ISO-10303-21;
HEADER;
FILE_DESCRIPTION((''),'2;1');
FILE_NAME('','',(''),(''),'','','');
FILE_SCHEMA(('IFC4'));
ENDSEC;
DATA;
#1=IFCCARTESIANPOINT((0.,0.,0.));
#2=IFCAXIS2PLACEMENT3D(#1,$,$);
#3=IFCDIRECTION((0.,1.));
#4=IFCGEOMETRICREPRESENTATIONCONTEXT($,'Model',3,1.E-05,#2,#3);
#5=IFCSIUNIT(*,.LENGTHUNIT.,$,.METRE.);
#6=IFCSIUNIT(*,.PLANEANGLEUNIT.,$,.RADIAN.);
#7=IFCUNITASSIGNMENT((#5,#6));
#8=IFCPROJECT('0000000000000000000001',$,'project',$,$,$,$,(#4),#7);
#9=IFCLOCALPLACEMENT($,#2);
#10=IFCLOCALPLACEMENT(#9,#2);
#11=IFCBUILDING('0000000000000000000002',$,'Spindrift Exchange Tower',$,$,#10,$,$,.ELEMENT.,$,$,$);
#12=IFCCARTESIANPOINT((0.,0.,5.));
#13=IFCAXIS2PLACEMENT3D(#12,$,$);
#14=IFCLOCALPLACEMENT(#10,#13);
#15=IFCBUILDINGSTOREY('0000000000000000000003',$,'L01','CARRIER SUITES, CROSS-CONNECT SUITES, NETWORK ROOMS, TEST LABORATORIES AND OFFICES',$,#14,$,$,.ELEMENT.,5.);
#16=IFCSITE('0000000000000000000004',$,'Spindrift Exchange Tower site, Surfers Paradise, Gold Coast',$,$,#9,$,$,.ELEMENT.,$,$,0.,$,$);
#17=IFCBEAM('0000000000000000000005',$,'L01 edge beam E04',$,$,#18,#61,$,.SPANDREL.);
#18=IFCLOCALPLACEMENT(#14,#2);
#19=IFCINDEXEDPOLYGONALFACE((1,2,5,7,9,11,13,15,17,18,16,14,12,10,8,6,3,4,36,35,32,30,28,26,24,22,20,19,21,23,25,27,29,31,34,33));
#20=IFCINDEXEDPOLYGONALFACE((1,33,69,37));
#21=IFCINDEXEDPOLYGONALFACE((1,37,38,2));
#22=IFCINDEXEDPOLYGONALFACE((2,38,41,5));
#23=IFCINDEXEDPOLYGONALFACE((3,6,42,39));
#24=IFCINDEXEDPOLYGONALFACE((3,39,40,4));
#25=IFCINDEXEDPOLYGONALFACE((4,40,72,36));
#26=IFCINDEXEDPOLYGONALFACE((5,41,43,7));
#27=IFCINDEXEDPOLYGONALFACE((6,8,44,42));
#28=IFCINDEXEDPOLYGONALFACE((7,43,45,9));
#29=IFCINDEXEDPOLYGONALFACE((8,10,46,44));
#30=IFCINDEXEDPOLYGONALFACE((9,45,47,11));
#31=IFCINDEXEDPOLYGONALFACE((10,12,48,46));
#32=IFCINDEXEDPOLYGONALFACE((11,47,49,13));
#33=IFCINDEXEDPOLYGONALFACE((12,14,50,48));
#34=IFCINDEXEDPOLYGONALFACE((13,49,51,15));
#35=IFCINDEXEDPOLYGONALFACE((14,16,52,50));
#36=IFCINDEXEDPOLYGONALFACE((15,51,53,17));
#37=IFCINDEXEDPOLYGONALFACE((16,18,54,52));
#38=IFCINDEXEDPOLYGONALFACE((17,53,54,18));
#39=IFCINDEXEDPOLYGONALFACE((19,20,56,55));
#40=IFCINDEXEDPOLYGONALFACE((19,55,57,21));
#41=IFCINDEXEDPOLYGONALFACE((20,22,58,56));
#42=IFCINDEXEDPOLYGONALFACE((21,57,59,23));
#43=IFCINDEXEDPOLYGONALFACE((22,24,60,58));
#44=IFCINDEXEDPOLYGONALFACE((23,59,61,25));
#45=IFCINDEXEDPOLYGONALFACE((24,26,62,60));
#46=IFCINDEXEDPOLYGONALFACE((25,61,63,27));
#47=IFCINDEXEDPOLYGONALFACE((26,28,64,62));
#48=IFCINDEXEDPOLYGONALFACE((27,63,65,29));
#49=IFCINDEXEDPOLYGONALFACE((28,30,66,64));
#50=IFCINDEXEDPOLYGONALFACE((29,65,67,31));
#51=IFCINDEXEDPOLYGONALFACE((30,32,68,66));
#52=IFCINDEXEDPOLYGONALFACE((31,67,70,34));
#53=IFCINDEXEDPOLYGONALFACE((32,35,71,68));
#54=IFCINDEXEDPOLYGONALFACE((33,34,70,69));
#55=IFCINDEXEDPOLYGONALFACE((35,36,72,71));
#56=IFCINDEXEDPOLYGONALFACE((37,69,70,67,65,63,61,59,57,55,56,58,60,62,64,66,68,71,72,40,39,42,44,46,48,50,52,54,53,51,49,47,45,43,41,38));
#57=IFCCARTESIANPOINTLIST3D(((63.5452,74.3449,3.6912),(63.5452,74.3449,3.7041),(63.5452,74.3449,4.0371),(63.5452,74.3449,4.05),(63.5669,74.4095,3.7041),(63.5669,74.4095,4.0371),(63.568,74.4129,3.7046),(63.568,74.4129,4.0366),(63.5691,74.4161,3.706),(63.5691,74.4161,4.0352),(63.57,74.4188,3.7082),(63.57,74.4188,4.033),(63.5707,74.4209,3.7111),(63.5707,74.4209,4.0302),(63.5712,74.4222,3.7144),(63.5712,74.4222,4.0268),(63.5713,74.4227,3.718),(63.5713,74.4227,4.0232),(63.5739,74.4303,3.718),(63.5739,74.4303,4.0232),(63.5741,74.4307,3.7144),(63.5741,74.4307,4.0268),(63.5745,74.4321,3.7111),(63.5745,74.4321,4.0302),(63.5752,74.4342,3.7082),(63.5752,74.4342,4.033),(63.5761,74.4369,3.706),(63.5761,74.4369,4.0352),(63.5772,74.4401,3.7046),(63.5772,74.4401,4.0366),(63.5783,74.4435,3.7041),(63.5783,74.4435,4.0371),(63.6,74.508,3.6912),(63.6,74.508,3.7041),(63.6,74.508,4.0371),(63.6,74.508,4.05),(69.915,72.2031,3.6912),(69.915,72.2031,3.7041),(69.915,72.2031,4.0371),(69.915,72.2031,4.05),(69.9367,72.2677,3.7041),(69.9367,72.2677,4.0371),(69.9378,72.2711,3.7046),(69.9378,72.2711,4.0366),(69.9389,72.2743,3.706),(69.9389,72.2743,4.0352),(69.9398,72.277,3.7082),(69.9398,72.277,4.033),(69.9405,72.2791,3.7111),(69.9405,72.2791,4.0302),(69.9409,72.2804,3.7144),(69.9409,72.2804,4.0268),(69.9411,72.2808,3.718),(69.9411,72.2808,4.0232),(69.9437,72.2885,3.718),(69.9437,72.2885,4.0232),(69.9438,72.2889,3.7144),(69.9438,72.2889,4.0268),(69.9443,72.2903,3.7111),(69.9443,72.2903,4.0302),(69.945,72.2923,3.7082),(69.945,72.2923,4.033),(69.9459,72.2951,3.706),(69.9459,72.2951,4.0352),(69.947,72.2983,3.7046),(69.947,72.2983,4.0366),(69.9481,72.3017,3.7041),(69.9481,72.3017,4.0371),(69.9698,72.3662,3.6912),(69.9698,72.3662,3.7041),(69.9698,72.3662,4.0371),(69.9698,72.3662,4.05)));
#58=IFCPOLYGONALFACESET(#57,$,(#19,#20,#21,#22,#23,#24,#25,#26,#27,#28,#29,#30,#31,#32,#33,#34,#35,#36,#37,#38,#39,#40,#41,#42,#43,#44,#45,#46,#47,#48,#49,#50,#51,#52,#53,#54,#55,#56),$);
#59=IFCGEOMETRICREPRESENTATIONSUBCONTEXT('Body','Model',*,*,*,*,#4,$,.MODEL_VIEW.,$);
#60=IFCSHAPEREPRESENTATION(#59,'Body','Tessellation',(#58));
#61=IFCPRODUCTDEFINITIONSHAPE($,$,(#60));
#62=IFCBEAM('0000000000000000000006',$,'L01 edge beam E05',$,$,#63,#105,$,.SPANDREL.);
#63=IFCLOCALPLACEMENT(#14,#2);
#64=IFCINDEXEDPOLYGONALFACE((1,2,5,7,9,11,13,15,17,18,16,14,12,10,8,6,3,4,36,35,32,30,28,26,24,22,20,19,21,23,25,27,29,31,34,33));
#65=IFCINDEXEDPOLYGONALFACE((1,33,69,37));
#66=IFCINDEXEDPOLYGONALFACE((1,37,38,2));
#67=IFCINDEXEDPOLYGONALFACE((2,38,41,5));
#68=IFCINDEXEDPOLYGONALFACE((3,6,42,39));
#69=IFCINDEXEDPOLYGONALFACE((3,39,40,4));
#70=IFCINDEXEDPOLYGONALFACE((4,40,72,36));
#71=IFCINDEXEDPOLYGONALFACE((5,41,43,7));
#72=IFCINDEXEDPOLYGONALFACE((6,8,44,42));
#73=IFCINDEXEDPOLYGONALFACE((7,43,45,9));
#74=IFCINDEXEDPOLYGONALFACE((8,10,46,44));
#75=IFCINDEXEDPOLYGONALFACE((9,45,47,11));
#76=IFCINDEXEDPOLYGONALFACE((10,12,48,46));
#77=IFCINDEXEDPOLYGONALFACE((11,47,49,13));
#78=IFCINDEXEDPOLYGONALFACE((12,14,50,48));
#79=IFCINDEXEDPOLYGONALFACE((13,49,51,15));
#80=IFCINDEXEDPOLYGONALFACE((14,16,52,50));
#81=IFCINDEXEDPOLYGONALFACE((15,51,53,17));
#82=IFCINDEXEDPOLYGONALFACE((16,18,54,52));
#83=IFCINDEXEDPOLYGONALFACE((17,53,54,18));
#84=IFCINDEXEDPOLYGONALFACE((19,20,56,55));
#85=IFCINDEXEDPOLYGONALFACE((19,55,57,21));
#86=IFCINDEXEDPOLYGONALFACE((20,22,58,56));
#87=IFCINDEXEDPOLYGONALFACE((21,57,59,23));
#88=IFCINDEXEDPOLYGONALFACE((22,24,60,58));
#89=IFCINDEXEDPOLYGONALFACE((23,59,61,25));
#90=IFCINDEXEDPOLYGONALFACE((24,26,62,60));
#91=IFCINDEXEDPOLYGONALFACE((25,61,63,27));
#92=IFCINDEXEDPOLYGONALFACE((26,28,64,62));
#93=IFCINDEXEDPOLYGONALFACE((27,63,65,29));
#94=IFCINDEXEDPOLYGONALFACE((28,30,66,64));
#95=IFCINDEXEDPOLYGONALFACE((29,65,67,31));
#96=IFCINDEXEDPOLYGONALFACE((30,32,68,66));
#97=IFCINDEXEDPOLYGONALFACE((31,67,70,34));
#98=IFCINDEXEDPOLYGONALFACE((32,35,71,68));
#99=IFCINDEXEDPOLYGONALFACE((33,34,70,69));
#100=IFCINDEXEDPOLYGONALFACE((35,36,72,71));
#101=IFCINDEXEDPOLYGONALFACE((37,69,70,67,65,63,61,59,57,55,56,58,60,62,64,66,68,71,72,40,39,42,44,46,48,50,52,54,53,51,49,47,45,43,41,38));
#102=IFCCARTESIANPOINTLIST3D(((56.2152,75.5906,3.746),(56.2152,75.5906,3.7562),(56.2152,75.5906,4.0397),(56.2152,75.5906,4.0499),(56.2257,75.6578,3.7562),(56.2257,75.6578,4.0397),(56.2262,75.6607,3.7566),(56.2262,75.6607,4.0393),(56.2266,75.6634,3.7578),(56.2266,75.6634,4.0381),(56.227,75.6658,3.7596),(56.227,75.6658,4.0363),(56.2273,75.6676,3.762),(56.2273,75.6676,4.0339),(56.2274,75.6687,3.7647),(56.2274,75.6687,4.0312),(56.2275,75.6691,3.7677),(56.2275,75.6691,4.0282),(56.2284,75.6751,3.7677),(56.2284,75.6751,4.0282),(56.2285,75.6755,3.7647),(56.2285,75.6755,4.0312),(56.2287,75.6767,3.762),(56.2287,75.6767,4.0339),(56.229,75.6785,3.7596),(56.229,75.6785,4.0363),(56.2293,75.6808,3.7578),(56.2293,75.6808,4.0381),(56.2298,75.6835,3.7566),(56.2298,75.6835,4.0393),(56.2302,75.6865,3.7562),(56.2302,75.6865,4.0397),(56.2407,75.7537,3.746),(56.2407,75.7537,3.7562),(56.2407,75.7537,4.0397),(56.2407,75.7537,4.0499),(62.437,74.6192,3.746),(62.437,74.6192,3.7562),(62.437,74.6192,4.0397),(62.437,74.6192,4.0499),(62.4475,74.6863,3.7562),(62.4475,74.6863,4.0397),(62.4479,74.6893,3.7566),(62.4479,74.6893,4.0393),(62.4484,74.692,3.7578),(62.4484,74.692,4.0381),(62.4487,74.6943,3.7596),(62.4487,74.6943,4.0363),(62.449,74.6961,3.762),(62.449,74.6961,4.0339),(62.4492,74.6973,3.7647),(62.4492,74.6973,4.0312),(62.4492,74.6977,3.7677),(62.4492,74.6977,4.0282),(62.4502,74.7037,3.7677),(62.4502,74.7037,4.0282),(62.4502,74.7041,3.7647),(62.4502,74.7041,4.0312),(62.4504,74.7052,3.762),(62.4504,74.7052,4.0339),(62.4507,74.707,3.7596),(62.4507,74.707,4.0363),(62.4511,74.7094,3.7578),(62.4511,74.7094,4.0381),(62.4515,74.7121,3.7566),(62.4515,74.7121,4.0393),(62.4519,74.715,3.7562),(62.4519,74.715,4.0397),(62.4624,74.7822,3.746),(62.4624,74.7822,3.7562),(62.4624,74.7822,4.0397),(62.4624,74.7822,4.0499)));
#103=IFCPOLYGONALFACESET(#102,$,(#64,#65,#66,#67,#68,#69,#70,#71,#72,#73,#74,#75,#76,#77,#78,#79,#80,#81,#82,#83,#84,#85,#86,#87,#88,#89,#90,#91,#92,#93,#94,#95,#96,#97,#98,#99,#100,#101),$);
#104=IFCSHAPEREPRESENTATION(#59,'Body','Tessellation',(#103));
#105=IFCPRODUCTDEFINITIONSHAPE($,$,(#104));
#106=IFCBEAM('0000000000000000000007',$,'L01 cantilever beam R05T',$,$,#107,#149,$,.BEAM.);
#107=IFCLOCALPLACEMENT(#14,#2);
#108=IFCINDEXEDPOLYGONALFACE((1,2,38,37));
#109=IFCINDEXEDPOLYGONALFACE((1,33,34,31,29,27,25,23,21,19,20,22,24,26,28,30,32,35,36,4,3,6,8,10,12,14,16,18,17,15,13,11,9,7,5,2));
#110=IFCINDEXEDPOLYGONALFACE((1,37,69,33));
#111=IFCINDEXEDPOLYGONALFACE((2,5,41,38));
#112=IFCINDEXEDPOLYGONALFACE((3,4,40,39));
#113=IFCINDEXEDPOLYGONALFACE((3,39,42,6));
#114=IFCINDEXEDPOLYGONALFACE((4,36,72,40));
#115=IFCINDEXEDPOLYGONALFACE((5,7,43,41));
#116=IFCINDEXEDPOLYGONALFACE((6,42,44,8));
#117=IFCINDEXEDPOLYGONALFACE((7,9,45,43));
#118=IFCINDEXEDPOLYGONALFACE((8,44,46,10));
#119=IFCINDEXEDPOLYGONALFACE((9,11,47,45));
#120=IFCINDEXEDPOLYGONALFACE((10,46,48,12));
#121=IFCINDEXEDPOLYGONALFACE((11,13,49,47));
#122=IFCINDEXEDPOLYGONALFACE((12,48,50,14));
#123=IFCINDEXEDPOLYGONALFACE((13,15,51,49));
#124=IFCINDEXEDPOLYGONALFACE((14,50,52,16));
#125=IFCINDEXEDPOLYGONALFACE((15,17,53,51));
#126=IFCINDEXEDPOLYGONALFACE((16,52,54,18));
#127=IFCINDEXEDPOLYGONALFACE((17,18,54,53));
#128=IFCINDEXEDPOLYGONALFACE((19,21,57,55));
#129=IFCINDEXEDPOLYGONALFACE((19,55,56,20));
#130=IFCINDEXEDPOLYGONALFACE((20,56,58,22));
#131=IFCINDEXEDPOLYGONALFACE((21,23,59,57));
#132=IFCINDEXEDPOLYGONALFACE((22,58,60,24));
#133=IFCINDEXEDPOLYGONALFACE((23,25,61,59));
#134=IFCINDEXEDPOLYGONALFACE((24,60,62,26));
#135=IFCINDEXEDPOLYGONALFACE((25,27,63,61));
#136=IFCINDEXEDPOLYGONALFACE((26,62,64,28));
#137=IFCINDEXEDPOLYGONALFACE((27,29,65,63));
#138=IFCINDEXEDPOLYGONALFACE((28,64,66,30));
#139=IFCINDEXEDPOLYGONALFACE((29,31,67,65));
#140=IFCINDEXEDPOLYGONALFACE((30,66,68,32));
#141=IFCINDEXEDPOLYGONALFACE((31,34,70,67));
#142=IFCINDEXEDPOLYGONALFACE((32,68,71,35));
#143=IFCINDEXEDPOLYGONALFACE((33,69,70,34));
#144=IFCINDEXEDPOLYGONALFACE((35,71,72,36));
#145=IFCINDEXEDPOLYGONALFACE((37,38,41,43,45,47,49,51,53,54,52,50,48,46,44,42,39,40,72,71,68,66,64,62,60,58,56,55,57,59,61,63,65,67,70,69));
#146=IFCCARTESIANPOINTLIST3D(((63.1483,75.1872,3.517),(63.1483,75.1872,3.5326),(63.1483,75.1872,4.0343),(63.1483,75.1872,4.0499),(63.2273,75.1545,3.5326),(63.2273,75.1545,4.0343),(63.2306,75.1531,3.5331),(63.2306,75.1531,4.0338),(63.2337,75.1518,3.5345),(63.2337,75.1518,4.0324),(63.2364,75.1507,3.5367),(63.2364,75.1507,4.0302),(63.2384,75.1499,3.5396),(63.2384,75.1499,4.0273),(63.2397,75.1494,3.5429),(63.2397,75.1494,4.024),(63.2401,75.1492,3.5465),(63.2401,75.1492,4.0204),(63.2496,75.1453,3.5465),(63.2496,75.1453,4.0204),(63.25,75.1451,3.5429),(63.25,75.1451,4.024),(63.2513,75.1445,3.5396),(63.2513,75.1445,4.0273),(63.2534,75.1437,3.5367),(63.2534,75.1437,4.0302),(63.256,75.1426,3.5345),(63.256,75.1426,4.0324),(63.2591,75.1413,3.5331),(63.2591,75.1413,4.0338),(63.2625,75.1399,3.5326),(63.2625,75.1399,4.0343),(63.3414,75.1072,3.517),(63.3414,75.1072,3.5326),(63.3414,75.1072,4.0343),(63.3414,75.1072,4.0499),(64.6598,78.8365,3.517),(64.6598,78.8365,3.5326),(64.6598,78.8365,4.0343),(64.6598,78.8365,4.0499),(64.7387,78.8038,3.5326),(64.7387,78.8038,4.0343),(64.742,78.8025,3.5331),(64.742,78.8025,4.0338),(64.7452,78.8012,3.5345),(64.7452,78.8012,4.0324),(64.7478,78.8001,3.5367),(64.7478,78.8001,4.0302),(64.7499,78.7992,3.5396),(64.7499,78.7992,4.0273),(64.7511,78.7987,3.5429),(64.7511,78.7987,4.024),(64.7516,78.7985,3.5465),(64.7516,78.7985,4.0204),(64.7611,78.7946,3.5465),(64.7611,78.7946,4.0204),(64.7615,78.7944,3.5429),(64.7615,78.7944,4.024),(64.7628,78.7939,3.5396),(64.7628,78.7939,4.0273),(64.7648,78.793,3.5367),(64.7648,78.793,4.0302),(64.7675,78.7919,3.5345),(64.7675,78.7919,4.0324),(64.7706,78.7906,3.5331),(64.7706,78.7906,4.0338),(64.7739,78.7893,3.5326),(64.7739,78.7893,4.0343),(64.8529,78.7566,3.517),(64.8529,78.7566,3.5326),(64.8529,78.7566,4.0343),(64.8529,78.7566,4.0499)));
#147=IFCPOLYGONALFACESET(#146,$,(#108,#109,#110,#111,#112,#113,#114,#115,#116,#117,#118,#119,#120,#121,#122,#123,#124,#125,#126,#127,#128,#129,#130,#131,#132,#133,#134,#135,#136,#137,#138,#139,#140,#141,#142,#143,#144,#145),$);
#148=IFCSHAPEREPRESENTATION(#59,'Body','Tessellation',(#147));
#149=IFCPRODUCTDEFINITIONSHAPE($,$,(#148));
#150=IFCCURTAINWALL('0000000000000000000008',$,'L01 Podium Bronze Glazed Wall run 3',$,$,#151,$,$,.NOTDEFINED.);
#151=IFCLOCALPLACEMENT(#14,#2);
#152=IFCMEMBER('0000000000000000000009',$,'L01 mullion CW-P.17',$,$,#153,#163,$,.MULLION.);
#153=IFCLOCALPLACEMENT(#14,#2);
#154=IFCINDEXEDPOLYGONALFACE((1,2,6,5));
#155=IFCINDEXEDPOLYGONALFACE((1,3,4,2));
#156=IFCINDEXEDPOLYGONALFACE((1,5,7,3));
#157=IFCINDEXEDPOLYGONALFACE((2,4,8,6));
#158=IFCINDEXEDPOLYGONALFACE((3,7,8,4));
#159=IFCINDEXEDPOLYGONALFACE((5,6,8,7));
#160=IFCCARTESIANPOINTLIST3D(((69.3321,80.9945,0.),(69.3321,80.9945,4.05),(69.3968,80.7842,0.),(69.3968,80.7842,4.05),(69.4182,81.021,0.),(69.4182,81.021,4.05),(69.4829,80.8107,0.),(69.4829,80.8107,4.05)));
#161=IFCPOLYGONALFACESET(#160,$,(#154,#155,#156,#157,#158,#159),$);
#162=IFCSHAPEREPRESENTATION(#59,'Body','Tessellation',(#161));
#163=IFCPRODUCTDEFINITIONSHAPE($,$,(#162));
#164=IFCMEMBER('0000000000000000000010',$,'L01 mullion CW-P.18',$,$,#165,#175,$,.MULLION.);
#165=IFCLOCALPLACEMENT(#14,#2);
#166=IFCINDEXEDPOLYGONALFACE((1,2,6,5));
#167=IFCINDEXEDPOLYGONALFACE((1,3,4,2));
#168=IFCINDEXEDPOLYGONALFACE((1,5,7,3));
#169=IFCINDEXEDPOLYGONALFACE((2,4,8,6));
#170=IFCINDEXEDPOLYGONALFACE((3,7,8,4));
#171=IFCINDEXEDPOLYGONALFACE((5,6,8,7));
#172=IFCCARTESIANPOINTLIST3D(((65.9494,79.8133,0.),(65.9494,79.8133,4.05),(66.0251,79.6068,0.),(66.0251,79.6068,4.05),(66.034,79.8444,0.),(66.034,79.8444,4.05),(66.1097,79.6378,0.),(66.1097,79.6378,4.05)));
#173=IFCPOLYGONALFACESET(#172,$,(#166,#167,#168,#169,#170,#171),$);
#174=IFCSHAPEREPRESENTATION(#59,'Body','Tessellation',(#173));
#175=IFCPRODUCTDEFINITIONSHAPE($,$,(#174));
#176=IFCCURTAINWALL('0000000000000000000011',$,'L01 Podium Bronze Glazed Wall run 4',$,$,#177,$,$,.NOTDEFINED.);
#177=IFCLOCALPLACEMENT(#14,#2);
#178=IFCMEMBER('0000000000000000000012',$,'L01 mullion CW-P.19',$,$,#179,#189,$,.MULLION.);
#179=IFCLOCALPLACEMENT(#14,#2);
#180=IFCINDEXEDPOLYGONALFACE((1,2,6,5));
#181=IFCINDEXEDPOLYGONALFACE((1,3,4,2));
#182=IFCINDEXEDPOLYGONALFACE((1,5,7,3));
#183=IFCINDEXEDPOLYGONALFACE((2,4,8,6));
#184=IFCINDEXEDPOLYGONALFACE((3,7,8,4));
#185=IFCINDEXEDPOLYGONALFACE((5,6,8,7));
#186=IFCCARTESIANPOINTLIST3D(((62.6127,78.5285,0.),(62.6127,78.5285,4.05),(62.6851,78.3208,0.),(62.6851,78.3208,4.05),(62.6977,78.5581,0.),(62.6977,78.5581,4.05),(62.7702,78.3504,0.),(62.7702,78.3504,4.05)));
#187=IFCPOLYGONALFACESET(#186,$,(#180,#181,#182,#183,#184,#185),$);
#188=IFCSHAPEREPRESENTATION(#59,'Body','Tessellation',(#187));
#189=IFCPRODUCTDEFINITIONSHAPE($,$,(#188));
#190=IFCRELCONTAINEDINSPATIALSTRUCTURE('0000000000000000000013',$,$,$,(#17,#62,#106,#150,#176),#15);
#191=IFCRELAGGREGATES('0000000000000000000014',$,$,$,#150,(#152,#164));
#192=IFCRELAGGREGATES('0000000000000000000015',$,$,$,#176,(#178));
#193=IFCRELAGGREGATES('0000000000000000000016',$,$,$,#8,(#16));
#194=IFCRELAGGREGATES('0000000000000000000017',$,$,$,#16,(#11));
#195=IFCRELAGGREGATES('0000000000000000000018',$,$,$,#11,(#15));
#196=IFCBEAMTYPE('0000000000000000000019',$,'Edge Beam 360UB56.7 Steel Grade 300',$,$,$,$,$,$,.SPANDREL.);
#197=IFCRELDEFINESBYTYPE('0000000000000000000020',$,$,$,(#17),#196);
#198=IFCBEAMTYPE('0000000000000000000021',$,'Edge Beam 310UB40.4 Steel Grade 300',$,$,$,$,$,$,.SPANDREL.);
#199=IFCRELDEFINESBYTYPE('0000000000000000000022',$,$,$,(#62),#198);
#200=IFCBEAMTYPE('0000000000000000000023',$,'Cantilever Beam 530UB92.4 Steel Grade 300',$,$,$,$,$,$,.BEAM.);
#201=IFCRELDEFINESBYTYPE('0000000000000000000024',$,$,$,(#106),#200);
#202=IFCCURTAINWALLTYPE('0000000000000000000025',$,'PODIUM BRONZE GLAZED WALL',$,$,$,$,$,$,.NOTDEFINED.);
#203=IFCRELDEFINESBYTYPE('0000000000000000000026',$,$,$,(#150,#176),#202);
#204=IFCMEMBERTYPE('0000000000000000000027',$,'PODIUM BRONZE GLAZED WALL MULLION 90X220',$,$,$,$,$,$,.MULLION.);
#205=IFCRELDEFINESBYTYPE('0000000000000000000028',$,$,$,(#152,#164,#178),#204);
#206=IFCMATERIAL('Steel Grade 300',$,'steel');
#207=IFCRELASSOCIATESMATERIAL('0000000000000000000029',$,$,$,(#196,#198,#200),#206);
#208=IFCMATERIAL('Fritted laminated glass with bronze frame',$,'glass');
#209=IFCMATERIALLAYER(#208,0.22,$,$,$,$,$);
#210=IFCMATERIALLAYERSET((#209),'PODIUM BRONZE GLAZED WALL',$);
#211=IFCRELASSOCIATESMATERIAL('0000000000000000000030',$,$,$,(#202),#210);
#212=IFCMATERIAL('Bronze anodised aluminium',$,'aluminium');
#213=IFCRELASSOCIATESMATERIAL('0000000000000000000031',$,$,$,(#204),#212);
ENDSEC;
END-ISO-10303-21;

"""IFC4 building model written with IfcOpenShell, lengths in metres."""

from ifc_helpers import new_model, si_unit, direction, frame, origin, origin_2d, place, context, subcontext, project, spatial, rectangle, i_section, extrude, source, transform, mapped, material, layer, layer_set, material_profile, profile_set, type_object, element, aggregate, save


model = new_model("IFC4")

# Units and contexts
model_context = context("Model", 3, precision=1e-05, world=origin(), true_north=direction((0.0, 1.0)))
body_context = subcontext(model_context, "Body", "Model", "MODEL_VIEW")
ifc_project = project(units=[si_unit("LENGTHUNIT", "METRE"), si_unit("PLANEANGLEUNIT", "RADIAN")], contexts=[model_context])

# Site, building, storey
site_placement = place(None, origin())
site = spatial("IfcSite", under=ifc_project, at=site_placement, Name="Spindrift Exchange Tower site, Surfers Paradise, Gold Coast", CompositionType="ELEMENT", RefElevation=0.0)
building_placement = place(site_placement, origin())
building = spatial("IfcBuilding", under=site, at=building_placement, Name="Spindrift Exchange Tower", CompositionType="ELEMENT")
storey_placement = place(building_placement, frame((0.0, 0.0, 5.0)))
storey = spatial("IfcBuildingStorey", under=building, at=storey_placement, Name="L01", Description="CARRIER SUITES, CROSS-CONNECT SUITES, NETWORK ROOMS, TEST LABORATORIES AND OFFICES", CompositionType="ELEMENT", Elevation=5.0)

# Beams
ifc_material_1 = material(Name="Steel Grade 300", Category="steel")
ifc_material_profile_1 = material_profile(ifc_material_1, i_section(OverallWidth=0.1721, OverallDepth=0.3589, WebThickness=0.0081, FlangeThickness=0.0129, FilletRadius=0.0139, at=origin_2d()), Name="360UB56.7")
ifc_profile_set_1 = profile_set([ifc_material_profile_1], Name="Steel Grade 300")
beam_type_1 = type_object("IfcBeamType", Name="Edge Beam 360UB56.7 Steel Grade 300", PredefinedType="SPANDREL", material=ifc_profile_set_1)
shared_shape_1 = source(origin(), body_context, "Body", "SweptSolid", [
    extrude(i_section(OverallWidth=0.1721, OverallDepth=0.3589, WebThickness=0.0081, FlangeThickness=0.0129, FilletRadius=0.0139, at=origin_2d()), origin(), (0.0, 0.0, 1.0), 6.7202),
])
beam_1_placement = place(storey_placement, frame((69.9424, 72.2847, 3.8706), z_axis=(-0.947852, 0.318712, 0.0), x_axis=(-0.318712, -0.947852, 0.0)))
element("IfcBeam", 1, at=beam_1_placement, inside=storey, type_object=beam_type_1, Name="L01 edge beam E04", PredefinedType="SPANDREL", context=body_context, shape_type="MappedRepresentation", body=[
    mapped(shared_shape_1, transform((0.0, 0.0, 0.0), scale=1.0)),
])
ifc_material_profile_2 = material_profile(ifc_material_1, i_section(OverallWidth=0.165, OverallDepth=0.304, WebThickness=0.0061, FlangeThickness=0.0103, FilletRadius=0.0115, at=origin_2d()), Name="310UB40.4")
ifc_profile_set_2 = profile_set([ifc_material_profile_2], Name="Steel Grade 300")
beam_type_2 = type_object("IfcBeamType", Name="Edge Beam 310UB40.4 Steel Grade 300", PredefinedType="SPANDREL", material=ifc_profile_set_2)
shared_shape_2 = source(origin(), body_context, "Body", "SweptSolid", [
    extrude(i_section(OverallWidth=0.165, OverallDepth=0.304, WebThickness=0.0061, FlangeThickness=0.0103, FilletRadius=0.0115, at=origin_2d()), origin(), (0.0, 0.0, 1.0), 6.2971),
])
beam_2_placement = place(storey_placement, frame((62.4497, 74.7007, 3.8979), z_axis=(-0.988029, 0.154268, 0.0), x_axis=(-0.154268, -0.988029, 0.0)))
element("IfcBeam", 2, at=beam_2_placement, inside=storey, type_object=beam_type_2, Name="L01 edge beam E05", PredefinedType="SPANDREL", context=body_context, shape_type="MappedRepresentation", body=[
    mapped(shared_shape_2, transform((0.0, 0.0, 0.0), scale=1.0)),
])
ifc_material_profile_3 = material_profile(ifc_material_1, i_section(OverallWidth=0.209, OverallDepth=0.533, WebThickness=0.0103, FlangeThickness=0.0156, FilletRadius=0.0139, at=origin_2d()), Name="530UB92.4")
ifc_profile_set_3 = profile_set([ifc_material_profile_3], Name="Steel Grade 300")
beam_type_3 = type_object("IfcBeamType", Name="Cantilever Beam 530UB92.4 Steel Grade 300", PredefinedType="BEAM", material=ifc_profile_set_3)
shared_shape_3 = source(origin(), body_context, "Body", "SweptSolid", [
    extrude(i_section(OverallWidth=0.209, OverallDepth=0.533, WebThickness=0.0103, FlangeThickness=0.0156, FilletRadius=0.0139, at=origin_2d()), origin(), (0.0, 0.0, 1.0), 3.95),
])
beam_3_placement = place(storey_placement, frame((63.2449, 75.1472, 3.7834), z_axis=(0.382648, 0.923894, 0.0), x_axis=(-0.923894, 0.382648, 0.0)))
element("IfcBeam", 3, at=beam_3_placement, inside=storey, type_object=beam_type_3, Name="L01 cantilever beam R05T", PredefinedType="BEAM", context=body_context, shape_type="MappedRepresentation", body=[
    mapped(shared_shape_3, transform((0.0, 0.0, 0.0), scale=1.0)),
])

# Curtain walls, members
ifc_material_2 = material(Name="Fritted laminated glass with bronze frame", Category="glass")
ifc_layer_1 = layer(ifc_material_2, 0.22)
ifc_layer_set_1 = layer_set([ifc_layer_1], Name="PODIUM BRONZE GLAZED WALL")
curtain_wall_type = type_object("IfcCurtainWallType", Name="PODIUM BRONZE GLAZED WALL", PredefinedType="NOTDEFINED", material=ifc_layer_set_1)
curtain_wall_1_placement = place(storey_placement, origin())
curtain_wall_1 = element("IfcCurtainWall", 4, at=curtain_wall_1_placement, inside=storey, type_object=curtain_wall_type, Name="L01 Podium Bronze Glazed Wall run 3", PredefinedType="NOTDEFINED")
ifc_material_3 = material(Name="Bronze anodised aluminium", Category="aluminium")
ifc_material_profile_4 = material_profile(ifc_material_3, rectangle(XDim=0.0901, YDim=0.22, at=origin_2d()), Name="PODIUM BRONZE GLAZED WALL MULLION 90X220")
ifc_profile_set_4 = profile_set([ifc_material_profile_4], Name="Bronze anodised aluminium")
member_type_1 = type_object("IfcMemberType", Name="PODIUM BRONZE GLAZED WALL MULLION 90X220", PredefinedType="MULLION", material=ifc_profile_set_4)
shared_shape_4 = source(origin(), body_context, "Body", "SweptSolid", [
    extrude(rectangle(XDim=0.0901, YDim=0.22, at=origin_2d()), origin(), (0.0, 0.0, 1.0), 4.05),
])
member_1_placement = place(storey_placement, frame((69.4075, 80.9026, 0.0), z_axis=(0.0, 0.0, 1.0), x_axis=(-0.955804, -0.294005, 0.0)))
member_1 = element("IfcMember", 5, at=member_1_placement, type_object=member_type_1, Name="L01 mullion CW-P.17", PredefinedType="MULLION", context=body_context, shape_type="MappedRepresentation", body=[
    mapped(shared_shape_4, transform((0.0, 0.0, 0.0), scale=1.0)),
])
member_2_placement = place(storey_placement, frame((66.0295, 79.7256, 0.0), z_axis=(0.0, 0.0, 1.0), x_axis=(-0.938844, -0.344343, 0.0)))
member_2 = element("IfcMember", 6, at=member_2_placement, type_object=member_type_1, Name="L01 mullion CW-P.18", PredefinedType="MULLION", context=body_context, shape_type="MappedRepresentation", body=[
    mapped(shared_shape_4, transform((0.0, 0.0, 0.0), scale=1.0)),
])
curtain_wall_2_placement = place(storey_placement, origin())
curtain_wall_2 = element("IfcCurtainWall", 7, at=curtain_wall_2_placement, inside=storey, type_object=curtain_wall_type, Name="L01 Podium Bronze Glazed Wall run 4", PredefinedType="NOTDEFINED")
member_3_placement = place(storey_placement, frame((62.6914, 78.4395, 0.0), z_axis=(0.0, 0.0, 1.0), x_axis=(-0.944215, -0.329331, 0.0)))
member_3 = element("IfcMember", 8, at=member_3_placement, type_object=member_type_1, Name="L01 mullion CW-P.19", PredefinedType="MULLION", context=body_context, shape_type="MappedRepresentation", body=[
    mapped(shared_shape_4, transform((0.0, 0.0, 0.0), scale=1.0)),
])

aggregate(curtain_wall_1, [member_1, member_2])
aggregate(curtain_wall_2, [member_3])

save(model, "model.ifc")
